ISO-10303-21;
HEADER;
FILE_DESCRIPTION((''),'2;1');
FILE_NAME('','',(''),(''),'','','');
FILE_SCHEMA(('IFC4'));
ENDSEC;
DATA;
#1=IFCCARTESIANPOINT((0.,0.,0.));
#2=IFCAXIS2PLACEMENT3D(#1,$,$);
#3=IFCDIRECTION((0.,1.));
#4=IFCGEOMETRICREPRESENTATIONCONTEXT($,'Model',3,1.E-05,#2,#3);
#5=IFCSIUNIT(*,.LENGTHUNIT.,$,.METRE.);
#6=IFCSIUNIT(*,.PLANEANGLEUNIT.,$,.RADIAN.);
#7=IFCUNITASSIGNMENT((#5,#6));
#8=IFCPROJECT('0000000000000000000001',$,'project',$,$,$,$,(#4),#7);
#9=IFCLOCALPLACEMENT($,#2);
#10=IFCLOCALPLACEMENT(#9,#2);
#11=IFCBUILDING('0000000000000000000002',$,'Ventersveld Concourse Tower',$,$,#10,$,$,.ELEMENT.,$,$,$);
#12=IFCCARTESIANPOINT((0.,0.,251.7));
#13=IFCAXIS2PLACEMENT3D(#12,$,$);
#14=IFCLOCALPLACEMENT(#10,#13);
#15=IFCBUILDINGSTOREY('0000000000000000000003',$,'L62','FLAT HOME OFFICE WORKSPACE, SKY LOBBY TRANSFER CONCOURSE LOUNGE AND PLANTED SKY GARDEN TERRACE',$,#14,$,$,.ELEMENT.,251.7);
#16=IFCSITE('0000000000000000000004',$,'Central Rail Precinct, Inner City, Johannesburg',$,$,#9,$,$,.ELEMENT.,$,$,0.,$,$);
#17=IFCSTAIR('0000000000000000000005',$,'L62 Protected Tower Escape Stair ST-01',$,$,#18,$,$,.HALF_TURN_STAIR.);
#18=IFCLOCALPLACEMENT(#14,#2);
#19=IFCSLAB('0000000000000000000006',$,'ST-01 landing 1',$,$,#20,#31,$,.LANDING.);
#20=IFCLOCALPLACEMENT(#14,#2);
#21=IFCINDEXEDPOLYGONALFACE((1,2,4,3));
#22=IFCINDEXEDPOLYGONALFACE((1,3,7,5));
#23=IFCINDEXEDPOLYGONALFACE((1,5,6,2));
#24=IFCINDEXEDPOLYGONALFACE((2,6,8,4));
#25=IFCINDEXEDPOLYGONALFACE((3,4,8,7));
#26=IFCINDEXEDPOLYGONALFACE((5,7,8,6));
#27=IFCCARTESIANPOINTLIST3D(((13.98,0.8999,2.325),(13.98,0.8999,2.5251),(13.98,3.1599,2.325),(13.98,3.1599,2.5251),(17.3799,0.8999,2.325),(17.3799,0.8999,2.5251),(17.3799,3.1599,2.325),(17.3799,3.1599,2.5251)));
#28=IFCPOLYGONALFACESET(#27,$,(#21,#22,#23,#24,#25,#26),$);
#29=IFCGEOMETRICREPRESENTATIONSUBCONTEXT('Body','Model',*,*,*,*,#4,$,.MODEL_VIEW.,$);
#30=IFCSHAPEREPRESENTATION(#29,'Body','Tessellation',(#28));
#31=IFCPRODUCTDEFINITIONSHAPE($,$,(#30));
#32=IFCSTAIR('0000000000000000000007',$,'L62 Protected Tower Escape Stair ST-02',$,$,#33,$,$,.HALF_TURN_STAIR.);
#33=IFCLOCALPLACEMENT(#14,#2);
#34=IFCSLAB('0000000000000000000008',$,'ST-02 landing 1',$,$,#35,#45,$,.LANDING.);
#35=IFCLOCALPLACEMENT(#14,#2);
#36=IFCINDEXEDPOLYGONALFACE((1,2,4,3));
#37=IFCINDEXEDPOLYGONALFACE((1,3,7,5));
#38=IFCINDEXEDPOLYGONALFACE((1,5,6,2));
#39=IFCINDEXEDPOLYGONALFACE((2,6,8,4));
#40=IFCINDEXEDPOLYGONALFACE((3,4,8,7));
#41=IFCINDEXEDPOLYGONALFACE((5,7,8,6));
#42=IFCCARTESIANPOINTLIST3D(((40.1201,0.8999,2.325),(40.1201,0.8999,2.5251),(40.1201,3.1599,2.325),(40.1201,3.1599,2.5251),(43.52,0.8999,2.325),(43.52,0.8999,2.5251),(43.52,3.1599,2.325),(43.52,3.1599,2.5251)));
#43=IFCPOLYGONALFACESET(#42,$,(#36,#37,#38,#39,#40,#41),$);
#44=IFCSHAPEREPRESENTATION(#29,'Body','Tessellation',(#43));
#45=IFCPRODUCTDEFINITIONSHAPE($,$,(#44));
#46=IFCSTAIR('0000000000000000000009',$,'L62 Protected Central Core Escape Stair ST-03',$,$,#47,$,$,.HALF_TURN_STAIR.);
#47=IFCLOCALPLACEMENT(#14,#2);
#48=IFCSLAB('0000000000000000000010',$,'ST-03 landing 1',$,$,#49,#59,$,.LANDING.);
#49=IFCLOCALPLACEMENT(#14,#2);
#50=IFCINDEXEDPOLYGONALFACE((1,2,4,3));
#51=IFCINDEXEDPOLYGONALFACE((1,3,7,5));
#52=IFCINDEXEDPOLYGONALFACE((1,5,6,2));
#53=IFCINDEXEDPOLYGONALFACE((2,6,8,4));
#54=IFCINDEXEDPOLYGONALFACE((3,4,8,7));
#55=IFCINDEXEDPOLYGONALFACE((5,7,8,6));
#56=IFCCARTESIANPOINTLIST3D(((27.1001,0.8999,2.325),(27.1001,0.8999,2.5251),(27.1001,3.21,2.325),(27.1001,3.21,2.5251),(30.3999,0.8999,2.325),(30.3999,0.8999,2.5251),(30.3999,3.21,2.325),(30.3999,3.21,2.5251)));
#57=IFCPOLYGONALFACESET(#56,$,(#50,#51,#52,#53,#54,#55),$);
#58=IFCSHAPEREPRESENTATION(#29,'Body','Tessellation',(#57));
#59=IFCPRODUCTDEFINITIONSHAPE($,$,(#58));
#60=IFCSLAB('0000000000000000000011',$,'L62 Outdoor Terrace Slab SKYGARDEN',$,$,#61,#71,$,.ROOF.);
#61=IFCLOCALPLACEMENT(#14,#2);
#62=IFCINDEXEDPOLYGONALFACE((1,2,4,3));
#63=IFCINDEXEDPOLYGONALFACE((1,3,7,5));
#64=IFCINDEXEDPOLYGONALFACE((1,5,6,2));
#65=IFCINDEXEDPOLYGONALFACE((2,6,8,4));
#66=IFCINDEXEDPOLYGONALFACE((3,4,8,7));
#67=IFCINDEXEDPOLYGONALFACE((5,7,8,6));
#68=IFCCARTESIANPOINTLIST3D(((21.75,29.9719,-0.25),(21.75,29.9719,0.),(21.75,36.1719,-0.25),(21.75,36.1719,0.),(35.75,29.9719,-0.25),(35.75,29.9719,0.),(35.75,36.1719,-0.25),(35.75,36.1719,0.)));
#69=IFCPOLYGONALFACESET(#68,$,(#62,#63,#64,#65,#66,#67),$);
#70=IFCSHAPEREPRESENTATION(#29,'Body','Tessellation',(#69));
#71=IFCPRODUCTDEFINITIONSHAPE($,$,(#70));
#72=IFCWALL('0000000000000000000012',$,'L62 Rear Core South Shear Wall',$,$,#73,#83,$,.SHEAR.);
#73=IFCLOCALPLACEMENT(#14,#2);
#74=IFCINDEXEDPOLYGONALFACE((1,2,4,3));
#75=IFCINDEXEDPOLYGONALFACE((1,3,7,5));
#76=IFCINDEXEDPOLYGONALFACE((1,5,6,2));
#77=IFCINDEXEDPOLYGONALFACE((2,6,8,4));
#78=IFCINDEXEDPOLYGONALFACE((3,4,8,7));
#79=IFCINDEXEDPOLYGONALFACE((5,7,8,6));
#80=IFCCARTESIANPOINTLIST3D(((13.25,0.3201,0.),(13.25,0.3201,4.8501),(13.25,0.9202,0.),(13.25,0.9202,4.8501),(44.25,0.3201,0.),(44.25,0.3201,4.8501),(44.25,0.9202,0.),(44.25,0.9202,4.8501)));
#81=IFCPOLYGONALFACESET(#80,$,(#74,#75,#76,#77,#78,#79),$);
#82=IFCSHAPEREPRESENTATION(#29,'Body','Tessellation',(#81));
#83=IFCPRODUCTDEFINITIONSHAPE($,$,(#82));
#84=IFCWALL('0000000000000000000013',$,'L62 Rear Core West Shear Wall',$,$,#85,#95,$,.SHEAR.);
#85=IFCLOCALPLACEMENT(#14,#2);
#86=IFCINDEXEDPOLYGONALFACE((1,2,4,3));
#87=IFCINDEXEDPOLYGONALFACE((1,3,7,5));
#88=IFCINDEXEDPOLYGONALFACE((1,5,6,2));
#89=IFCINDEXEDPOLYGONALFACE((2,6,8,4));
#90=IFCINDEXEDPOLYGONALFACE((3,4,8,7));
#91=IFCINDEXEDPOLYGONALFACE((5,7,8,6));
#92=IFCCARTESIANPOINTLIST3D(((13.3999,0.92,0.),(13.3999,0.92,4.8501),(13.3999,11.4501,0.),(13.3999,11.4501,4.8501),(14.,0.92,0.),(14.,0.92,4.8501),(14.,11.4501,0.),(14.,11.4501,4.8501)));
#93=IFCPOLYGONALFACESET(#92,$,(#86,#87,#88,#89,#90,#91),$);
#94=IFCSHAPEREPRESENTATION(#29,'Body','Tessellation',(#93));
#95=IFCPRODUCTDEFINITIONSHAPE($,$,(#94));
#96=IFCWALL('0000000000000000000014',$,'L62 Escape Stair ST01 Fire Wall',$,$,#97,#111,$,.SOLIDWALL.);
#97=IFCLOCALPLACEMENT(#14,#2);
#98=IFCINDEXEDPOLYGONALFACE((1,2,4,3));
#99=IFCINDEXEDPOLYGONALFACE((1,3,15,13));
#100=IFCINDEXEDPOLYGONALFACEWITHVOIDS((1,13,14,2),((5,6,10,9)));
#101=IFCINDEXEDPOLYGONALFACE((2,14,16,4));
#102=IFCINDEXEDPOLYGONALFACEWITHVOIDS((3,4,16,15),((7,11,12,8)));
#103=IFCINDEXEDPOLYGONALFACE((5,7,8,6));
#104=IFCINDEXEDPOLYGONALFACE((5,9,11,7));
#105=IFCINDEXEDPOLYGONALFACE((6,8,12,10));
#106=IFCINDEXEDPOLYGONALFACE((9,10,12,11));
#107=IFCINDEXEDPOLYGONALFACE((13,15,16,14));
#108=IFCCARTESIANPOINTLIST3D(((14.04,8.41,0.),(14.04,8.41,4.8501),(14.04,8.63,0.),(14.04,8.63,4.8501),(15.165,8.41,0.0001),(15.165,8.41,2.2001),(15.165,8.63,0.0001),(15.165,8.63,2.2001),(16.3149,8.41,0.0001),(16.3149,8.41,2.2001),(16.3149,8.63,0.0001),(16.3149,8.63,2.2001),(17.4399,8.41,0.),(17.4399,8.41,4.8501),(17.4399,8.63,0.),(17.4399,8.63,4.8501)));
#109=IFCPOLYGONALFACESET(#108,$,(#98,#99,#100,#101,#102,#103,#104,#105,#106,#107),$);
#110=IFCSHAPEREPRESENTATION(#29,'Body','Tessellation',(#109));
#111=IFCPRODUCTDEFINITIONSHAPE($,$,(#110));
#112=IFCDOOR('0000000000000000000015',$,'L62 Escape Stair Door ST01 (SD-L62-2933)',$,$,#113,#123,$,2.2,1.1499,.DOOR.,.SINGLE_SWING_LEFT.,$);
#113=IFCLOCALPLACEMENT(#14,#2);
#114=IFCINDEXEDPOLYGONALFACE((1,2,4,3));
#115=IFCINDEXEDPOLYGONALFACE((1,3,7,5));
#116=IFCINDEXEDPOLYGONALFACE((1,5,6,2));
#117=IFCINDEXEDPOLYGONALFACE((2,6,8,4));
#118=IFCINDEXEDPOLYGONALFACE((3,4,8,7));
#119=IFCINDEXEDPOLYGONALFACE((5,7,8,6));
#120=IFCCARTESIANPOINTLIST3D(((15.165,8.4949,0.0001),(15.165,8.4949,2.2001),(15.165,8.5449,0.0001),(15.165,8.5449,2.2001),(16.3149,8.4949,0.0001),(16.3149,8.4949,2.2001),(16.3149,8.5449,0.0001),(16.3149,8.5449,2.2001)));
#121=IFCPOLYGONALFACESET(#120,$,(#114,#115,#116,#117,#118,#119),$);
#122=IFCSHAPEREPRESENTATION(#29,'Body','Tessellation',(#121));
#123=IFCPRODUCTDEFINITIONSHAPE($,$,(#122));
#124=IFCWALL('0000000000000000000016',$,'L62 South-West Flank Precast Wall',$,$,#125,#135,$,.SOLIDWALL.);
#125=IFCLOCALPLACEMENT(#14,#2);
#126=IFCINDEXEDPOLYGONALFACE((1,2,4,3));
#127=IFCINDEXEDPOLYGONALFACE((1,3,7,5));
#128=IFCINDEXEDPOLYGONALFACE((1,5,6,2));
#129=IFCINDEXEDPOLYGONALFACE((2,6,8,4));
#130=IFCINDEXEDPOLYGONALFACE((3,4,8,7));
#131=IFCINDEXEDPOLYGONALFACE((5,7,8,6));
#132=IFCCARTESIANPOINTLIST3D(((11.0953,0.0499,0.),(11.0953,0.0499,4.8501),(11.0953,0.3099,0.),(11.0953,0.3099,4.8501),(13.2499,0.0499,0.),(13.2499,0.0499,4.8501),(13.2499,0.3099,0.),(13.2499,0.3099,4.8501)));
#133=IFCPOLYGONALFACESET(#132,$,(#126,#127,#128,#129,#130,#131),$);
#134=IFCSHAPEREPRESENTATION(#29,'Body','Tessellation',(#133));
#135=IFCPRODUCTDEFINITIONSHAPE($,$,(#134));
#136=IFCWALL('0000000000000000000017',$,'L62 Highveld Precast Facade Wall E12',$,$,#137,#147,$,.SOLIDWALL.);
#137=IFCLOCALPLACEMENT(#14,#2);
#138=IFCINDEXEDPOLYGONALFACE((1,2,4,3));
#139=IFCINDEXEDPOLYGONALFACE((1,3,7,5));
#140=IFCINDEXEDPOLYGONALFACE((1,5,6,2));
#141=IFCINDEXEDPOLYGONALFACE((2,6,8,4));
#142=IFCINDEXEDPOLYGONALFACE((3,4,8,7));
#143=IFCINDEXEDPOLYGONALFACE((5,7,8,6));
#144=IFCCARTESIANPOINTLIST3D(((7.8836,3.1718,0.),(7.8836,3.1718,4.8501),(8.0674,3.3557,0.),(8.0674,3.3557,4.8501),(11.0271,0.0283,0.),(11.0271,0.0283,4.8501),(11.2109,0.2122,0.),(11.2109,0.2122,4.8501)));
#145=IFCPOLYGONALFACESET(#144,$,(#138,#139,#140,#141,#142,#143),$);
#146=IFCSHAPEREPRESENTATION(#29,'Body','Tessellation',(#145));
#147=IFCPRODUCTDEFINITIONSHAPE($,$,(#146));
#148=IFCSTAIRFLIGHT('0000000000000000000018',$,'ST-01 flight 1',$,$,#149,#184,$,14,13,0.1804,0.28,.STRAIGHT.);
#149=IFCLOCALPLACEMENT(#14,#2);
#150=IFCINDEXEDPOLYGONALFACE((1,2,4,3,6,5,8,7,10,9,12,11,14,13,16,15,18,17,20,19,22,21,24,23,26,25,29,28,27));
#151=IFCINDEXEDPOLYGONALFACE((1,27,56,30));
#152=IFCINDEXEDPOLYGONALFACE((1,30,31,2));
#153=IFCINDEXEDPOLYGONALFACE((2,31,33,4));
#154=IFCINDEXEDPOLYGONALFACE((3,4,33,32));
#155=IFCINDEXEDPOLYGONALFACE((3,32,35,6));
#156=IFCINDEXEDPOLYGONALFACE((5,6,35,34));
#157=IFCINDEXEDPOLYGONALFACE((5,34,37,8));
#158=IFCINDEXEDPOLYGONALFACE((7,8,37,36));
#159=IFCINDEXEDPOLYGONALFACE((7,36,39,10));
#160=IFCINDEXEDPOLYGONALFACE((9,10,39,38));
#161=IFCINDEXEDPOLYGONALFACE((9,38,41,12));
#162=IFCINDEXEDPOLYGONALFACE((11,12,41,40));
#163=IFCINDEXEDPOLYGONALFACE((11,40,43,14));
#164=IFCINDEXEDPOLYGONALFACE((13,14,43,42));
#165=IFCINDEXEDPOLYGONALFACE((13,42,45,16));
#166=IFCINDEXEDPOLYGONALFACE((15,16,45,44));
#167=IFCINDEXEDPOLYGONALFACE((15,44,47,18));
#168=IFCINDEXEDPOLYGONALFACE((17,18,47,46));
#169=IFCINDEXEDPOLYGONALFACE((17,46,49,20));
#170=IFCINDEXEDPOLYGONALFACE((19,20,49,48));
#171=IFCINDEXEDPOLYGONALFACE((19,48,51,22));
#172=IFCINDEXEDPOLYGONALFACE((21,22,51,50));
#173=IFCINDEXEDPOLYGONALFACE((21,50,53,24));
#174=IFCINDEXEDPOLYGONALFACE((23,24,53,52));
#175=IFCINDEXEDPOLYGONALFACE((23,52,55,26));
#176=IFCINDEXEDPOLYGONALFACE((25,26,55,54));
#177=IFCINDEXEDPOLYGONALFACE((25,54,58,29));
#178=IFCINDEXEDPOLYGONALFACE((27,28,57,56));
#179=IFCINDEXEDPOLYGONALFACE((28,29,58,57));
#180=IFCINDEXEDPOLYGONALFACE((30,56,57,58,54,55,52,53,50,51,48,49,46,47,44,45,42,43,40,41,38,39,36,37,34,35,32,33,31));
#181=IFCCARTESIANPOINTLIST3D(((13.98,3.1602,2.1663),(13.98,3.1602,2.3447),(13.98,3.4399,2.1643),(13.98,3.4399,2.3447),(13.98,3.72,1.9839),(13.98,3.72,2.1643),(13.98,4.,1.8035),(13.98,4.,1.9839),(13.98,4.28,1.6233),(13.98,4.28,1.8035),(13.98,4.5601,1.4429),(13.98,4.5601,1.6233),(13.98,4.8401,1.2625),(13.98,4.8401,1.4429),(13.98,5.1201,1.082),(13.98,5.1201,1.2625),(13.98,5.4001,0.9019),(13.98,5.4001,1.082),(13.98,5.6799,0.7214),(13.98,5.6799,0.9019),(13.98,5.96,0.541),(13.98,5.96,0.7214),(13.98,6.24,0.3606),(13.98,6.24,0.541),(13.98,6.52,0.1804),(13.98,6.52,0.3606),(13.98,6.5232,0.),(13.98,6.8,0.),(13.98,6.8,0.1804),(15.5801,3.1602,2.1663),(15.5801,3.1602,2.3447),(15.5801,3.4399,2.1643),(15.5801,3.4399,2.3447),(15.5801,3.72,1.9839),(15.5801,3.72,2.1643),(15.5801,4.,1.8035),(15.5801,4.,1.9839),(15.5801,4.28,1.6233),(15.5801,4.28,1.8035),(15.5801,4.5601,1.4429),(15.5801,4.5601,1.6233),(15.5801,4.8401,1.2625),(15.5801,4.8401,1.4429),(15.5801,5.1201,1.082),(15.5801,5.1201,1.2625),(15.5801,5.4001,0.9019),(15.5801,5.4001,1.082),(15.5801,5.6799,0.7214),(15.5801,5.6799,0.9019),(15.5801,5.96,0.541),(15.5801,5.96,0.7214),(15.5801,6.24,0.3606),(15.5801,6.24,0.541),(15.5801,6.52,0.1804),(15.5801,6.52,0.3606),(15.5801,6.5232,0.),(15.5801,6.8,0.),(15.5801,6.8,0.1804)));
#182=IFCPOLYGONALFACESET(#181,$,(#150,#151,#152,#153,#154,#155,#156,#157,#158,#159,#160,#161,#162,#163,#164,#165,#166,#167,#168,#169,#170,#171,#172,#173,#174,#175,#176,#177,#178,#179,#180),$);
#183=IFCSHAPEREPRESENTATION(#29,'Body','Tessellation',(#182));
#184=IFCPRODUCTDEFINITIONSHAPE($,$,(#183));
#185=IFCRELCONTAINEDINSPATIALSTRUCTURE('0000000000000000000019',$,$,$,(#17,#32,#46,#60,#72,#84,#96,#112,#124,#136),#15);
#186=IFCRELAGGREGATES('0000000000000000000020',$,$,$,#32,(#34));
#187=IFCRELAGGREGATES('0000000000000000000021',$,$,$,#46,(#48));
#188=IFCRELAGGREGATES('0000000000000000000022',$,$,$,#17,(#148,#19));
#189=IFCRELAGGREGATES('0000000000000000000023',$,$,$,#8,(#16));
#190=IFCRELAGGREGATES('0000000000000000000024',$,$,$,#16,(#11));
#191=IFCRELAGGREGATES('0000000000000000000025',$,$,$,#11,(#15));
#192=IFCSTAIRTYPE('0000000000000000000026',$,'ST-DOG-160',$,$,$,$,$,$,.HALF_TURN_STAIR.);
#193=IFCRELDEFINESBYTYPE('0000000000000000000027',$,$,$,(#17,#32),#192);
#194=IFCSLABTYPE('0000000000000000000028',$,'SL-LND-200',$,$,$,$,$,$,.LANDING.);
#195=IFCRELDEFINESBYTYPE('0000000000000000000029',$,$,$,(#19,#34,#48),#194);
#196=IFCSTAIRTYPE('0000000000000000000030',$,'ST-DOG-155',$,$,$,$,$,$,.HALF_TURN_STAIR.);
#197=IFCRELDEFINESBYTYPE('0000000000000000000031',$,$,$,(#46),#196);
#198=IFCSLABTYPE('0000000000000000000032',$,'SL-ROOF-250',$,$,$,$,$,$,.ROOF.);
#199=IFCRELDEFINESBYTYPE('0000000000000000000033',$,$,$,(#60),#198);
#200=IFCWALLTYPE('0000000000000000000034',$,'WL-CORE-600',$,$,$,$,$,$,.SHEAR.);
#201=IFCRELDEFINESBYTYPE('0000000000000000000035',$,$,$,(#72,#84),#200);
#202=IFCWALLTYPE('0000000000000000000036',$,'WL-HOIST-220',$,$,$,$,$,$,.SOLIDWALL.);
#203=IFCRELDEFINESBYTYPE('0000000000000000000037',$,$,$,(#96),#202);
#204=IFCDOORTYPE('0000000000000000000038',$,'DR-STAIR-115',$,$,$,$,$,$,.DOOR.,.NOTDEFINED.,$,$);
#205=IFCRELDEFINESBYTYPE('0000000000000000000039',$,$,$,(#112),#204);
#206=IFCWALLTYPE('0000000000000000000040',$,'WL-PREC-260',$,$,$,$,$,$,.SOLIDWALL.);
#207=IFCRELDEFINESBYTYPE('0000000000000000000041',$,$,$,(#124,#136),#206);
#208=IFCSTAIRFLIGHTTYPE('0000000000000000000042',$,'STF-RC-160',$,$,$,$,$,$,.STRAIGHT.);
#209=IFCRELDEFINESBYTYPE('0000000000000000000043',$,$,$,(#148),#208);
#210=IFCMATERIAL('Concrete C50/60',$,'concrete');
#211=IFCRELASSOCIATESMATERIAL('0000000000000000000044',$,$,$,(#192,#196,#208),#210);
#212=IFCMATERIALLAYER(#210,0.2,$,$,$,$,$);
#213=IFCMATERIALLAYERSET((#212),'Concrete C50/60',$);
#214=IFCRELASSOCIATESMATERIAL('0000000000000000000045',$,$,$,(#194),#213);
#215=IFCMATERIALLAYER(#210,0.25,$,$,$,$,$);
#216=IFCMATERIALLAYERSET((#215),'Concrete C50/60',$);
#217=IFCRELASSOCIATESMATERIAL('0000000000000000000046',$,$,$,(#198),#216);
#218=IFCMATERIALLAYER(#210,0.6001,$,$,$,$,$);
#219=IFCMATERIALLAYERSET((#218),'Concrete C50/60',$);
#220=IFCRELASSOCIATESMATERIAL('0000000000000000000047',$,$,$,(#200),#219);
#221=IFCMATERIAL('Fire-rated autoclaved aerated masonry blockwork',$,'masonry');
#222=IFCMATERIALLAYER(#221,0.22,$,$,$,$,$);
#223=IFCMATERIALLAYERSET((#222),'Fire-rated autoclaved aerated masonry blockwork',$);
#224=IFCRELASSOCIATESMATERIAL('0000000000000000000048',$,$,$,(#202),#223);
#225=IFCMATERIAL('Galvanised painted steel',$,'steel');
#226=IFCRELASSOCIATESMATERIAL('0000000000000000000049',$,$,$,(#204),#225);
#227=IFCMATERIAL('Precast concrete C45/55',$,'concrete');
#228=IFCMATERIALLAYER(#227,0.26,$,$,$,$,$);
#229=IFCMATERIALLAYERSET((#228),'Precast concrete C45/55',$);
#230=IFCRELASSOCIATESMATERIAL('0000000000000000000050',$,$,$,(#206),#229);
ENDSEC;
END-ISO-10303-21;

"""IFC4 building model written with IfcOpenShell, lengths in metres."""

from ifc_helpers import new_model, si_unit, direction, frame, frame_2d, origin, place, context, subcontext, project, spatial, polyline, rectangle, outline, extrude, material, layer, layer_set, type_object, element, fill, aggregate, save


model = new_model("IFC4")

# Units and contexts
model_context = context("Model", 3, precision=1e-05, world=origin(), true_north=direction((0.0, 1.0)))
body_context = subcontext(model_context, "Body", "Model", "MODEL_VIEW")
ifc_project = project(units=[si_unit("LENGTHUNIT", "METRE"), si_unit("PLANEANGLEUNIT", "RADIAN")], contexts=[model_context])

# Site, building, storey
site_placement = place(None, origin())
site = spatial("IfcSite", under=ifc_project, at=site_placement, Name="Central Rail Precinct, Inner City, Johannesburg", CompositionType="ELEMENT", RefElevation=0.0)
building_placement = place(site_placement, origin())
building = spatial("IfcBuilding", under=site, at=building_placement, Name="Ventersveld Concourse Tower", CompositionType="ELEMENT")
storey_placement = place(building_placement, frame((0.0, 0.0, 251.7)))
storey = spatial("IfcBuildingStorey", under=building, at=storey_placement, Name="L62", Description="FLAT HOME OFFICE WORKSPACE, SKY LOBBY TRANSFER CONCOURSE LOUNGE AND PLANTED SKY GARDEN TERRACE", CompositionType="ELEMENT", Elevation=251.7)

# Shared definitions
ifc_material_1 = material(Name="Concrete C50/60", Category="concrete")

# Stairs, slabs
stair_type_1 = type_object("IfcStairType", Name="ST-DOG-160", PredefinedType="HALF_TURN_STAIR", material=ifc_material_1)
stair_1_placement = place(storey_placement, origin())
stair_1 = element("IfcStair", 1, at=stair_1_placement, inside=storey, type_object=stair_type_1, Name="L62 Protected Tower Escape Stair ST-01", PredefinedType="HALF_TURN_STAIR")
ifc_layer_1 = layer(ifc_material_1, 0.2)
ifc_layer_set_1 = layer_set([ifc_layer_1], Name="Concrete C50/60")
slab_type_1 = type_object("IfcSlabType", Name="SL-LND-200", PredefinedType="LANDING", material=ifc_layer_set_1)
slab_1_placement = place(storey_placement, frame((0.0, 0.0, 2.325)))
slab_1 = element("IfcSlab", 2, at=slab_1_placement, type_object=slab_type_1, Name="ST-01 landing 1", PredefinedType="LANDING", context=body_context, shape_type="SweptSolid", body=[
    extrude(outline(polyline([(13.98, 3.1599), (13.98, 0.8999), (17.3799, 0.8999), (17.3799, 3.1599), (13.98, 3.1599)])), origin(), (0.0, 0.0, 1.0), 0.2002),
])
stair_2_placement = place(storey_placement, origin())
stair_2 = element("IfcStair", 3, at=stair_2_placement, inside=storey, type_object=stair_type_1, Name="L62 Protected Tower Escape Stair ST-02", PredefinedType="HALF_TURN_STAIR")
slab_2_placement = place(storey_placement, frame((0.0, 0.0, 2.325)))
slab_2 = element("IfcSlab", 4, at=slab_2_placement, type_object=slab_type_1, Name="ST-02 landing 1", PredefinedType="LANDING", context=body_context, shape_type="SweptSolid", body=[
    extrude(outline(polyline([(40.1201, 3.1599), (40.1201, 0.8999), (43.52, 0.8999), (43.52, 3.1599), (40.1201, 3.1599)])), origin(), (0.0, 0.0, 1.0), 0.2002),
])
aggregate(stair_2, [slab_2])
stair_type_2 = type_object("IfcStairType", Name="ST-DOG-155", PredefinedType="HALF_TURN_STAIR", material=ifc_material_1)
stair_3_placement = place(storey_placement, origin())
stair_3 = element("IfcStair", 5, at=stair_3_placement, inside=storey, type_object=stair_type_2, Name="L62 Protected Central Core Escape Stair ST-03", PredefinedType="HALF_TURN_STAIR")
slab_3_placement = place(storey_placement, frame((0.0, 0.0, 2.325)))
slab_3 = element("IfcSlab", 6, at=slab_3_placement, type_object=slab_type_1, Name="ST-03 landing 1", PredefinedType="LANDING", context=body_context, shape_type="SweptSolid", body=[
    extrude(outline(polyline([(27.1001, 3.21), (27.1001, 0.8999), (30.3999, 0.8999), (30.3999, 3.21), (27.1001, 3.21)])), origin(), (0.0, 0.0, 1.0), 0.2002),
])
aggregate(stair_3, [slab_3])

# Slab
ifc_layer_2 = layer(ifc_material_1, 0.25)
ifc_layer_set_2 = layer_set([ifc_layer_2], Name="Concrete C50/60")
slab_type_2 = type_object("IfcSlabType", Name="SL-ROOF-250", PredefinedType="ROOF", material=ifc_layer_set_2)
slab_4_placement = place(storey_placement, frame((0.0, 0.0, -0.25)))
element("IfcSlab", 7, at=slab_4_placement, inside=storey, type_object=slab_type_2, Name="L62 Outdoor Terrace Slab SKYGARDEN", PredefinedType="ROOF", context=body_context, shape_type="SweptSolid", body=[
    extrude(outline(polyline([(21.75, 29.9719), (35.75, 29.9719), (35.75, 36.1719), (21.75, 36.1719), (21.75, 29.9719)])), origin(), (0.0, 0.0, 1.0), 0.25),
])

# Walls
ifc_layer_3 = layer(ifc_material_1, 0.6001)
ifc_layer_set_3 = layer_set([ifc_layer_3], Name="Concrete C50/60")
wall_type_1 = type_object("IfcWallType", Name="WL-CORE-600", PredefinedType="SHEAR", material=ifc_layer_set_3)
wall_1_placement = place(storey_placement, frame((13.25, 0.6201, 0.0), z_axis=(0.0, 0.0, 1.0), x_axis=(1.0, 0.0, 0.0)))
element("IfcWall", 8, at=wall_1_placement, inside=storey, type_object=wall_type_1, Name="L62 Rear Core South Shear Wall", PredefinedType="SHEAR", context=body_context, shape_type="SweptSolid", body=[
    extrude(rectangle(XDim=31.0, YDim=0.6001, at=frame_2d((15.5, 0.0))), origin(), (0.0, 0.0, 1.0), 4.8501),
])
wall_2_placement = place(storey_placement, frame((13.7, 0.9199, 0.0), z_axis=(0.0, 0.0, 1.0), x_axis=(0.0, 1.0, 0.0)))
element("IfcWall", 9, at=wall_2_placement, inside=storey, type_object=wall_type_1, Name="L62 Rear Core West Shear Wall", PredefinedType="SHEAR", context=body_context, shape_type="SweptSolid", body=[
    extrude(rectangle(XDim=10.53, YDim=0.6001, at=frame_2d((5.2651, 0.0))), origin(), (0.0, 0.0, 1.0), 4.8501),
])

# Wall, opening, door
ifc_material_2 = material(Name="Fire-rated autoclaved aerated masonry blockwork", Category="masonry")
ifc_layer_4 = layer(ifc_material_2, 0.22)
ifc_layer_set_4 = layer_set([ifc_layer_4], Name="Fire-rated autoclaved aerated masonry blockwork")
wall_type_2 = type_object("IfcWallType", Name="WL-HOIST-220", PredefinedType="SOLIDWALL", material=ifc_layer_set_4)
wall_3_placement = place(storey_placement, frame((14.04, 8.52, 0.0), z_axis=(0.0, 0.0, 1.0), x_axis=(1.0, 0.0, 0.0)))
wall_3 = element("IfcWall", 10, at=wall_3_placement, inside=storey, type_object=wall_type_2, Name="L62 Escape Stair ST01 Fire Wall", PredefinedType="SOLIDWALL", context=body_context, shape_type="SweptSolid", body=[
    extrude(rectangle(XDim=3.3999, YDim=0.22, at=frame_2d((1.7, 0.0))), origin(), (0.0, 0.0, 1.0), 4.8501),
])
opening_placement = place(wall_3_placement, frame((1.125, 0.0, 0.0)))
opening = element("IfcOpeningElement", 11, at=opening_placement, cuts=wall_3, PredefinedType="OPENING", context=body_context, shape_type="SweptSolid", body=[
    extrude(rectangle(XDim=1.1499, YDim=2.2, at=frame_2d((0.575, 1.1001))), frame((0.0, 0.1201, 0.0), z_axis=(0.0, -1.0, 0.0), x_axis=(1.0, 0.0, 0.0)), (0.0, 0.0, 1.0), 0.24),
])
ifc_material_3 = material(Name="Galvanised painted steel", Category="steel")
door_type = type_object("IfcDoorType", Name="DR-STAIR-115", OperationType="NOTDEFINED", PredefinedType="DOOR", material=ifc_material_3)
door_placement = place(opening_placement, origin())
door = element("IfcDoor", 12, at=door_placement, inside=storey, type_object=door_type, Name="L62 Escape Stair Door ST01 (SD-L62-2933)", OperationType="SINGLE_SWING_LEFT", OverallHeight=2.2, OverallWidth=1.1499, PredefinedType="DOOR", context=body_context, shape_type="SweptSolid", body=[
    extrude(rectangle(XDim=1.1499, YDim=2.2, at=frame_2d((0.575, 1.1001))), frame((0.0, 0.0249, 0.0), z_axis=(0.0, -1.0, 0.0), x_axis=(1.0, 0.0, 0.0)), (0.0, 0.0, 1.0), 0.05),
])
fill(opening, door)

# Walls
ifc_material_4 = material(Name="Precast concrete C45/55", Category="concrete")
ifc_layer_5 = layer(ifc_material_4, 0.26)
ifc_layer_set_5 = layer_set([ifc_layer_5], Name="Precast concrete C45/55")
wall_type_3 = type_object("IfcWallType", Name="WL-PREC-260", PredefinedType="SOLIDWALL", material=ifc_layer_set_5)
wall_4_placement = place(storey_placement, frame((11.0955, 0.1799, 0.0), z_axis=(0.0, 0.0, 1.0), x_axis=(1.0, 0.0, 0.0)))
element("IfcWall", 13, at=wall_4_placement, inside=storey, type_object=wall_type_3, Name="L62 South-West Flank Precast Wall", PredefinedType="SOLIDWALL", context=body_context, shape_type="SweptSolid", body=[
    extrude(rectangle(XDim=2.1545, YDim=0.26, at=frame_2d((1.0771, 0.0))), origin(), (0.0, 0.0, 1.0), 4.8501),
])
wall_5_placement = place(storey_placement, frame((7.9756, 3.2637, 0.0), z_axis=(0.0, 0.0, 1.0), x_axis=(0.707107, -0.707107, 0.0)))
element("IfcWall", 14, at=wall_5_placement, inside=storey, type_object=wall_type_3, Name="L62 Highveld Precast Facade Wall E12", PredefinedType="SOLIDWALL", context=body_context, shape_type="SweptSolid", body=[
    extrude(rectangle(XDim=4.4456, YDim=0.26, at=frame_2d((2.2227, 0.0))), origin(), (0.0, 0.0, 1.0), 4.8501),
])

# Stair flight
stair_flight_type = type_object("IfcStairFlightType", Name="STF-RC-160", PredefinedType="STRAIGHT", material=ifc_material_1)
stair_flight_1_placement = place(storey_placement, frame((14.78, 6.8, 0.0), z_axis=(0.0, 0.0, 1.0), x_axis=(0.0, -1.0, 0.0)))
stair_flight_1 = element("IfcStairFlight", 15, at=stair_flight_1_placement, type_object=stair_flight_type, Name="ST-01 flight 1", NumberOfRisers=14, NumberOfTreads=13, PredefinedType="STRAIGHT", RiserHeight=0.1804, TreadLength=0.28, context=body_context, shape_type="SweptSolid", body=[
    extrude(outline(polyline([(0.0, 0.0), (0.0, 0.1804), (0.28, 0.1804), (0.28, 0.3606), (0.5601, 0.3606), (0.5601, 0.541), (0.8401, 0.541), (0.8401, 0.7214), (1.1201, 0.7214), (1.1201, 0.9019), (1.3999, 0.9019), (1.3999, 1.082), (1.6799, 1.082), (1.6799, 1.2625), (1.96, 1.2625), (1.96, 1.4429), (2.24, 1.4429), (2.24, 1.6233), (2.52, 1.6233), (2.52, 1.8035), (2.8, 1.8035), (2.8, 1.9839), (3.0801, 1.9839), (3.0801, 2.1643), (3.3601, 2.1643), (3.3601, 2.3447), (3.6399, 2.3447), (3.6399, 2.5249), (3.6399, 2.1663), (0.2769, 0.0), (0.0, 0.0)])), frame((0.0, 0.8, 0.0), z_axis=(0.0, -1.0, 0.0), x_axis=(1.0, 0.0, 0.0)), (0.0, 0.0, 1.0), 1.6001),
])
aggregate(stair_1, [stair_flight_1, slab_1])

save(model, "model.ifc")
